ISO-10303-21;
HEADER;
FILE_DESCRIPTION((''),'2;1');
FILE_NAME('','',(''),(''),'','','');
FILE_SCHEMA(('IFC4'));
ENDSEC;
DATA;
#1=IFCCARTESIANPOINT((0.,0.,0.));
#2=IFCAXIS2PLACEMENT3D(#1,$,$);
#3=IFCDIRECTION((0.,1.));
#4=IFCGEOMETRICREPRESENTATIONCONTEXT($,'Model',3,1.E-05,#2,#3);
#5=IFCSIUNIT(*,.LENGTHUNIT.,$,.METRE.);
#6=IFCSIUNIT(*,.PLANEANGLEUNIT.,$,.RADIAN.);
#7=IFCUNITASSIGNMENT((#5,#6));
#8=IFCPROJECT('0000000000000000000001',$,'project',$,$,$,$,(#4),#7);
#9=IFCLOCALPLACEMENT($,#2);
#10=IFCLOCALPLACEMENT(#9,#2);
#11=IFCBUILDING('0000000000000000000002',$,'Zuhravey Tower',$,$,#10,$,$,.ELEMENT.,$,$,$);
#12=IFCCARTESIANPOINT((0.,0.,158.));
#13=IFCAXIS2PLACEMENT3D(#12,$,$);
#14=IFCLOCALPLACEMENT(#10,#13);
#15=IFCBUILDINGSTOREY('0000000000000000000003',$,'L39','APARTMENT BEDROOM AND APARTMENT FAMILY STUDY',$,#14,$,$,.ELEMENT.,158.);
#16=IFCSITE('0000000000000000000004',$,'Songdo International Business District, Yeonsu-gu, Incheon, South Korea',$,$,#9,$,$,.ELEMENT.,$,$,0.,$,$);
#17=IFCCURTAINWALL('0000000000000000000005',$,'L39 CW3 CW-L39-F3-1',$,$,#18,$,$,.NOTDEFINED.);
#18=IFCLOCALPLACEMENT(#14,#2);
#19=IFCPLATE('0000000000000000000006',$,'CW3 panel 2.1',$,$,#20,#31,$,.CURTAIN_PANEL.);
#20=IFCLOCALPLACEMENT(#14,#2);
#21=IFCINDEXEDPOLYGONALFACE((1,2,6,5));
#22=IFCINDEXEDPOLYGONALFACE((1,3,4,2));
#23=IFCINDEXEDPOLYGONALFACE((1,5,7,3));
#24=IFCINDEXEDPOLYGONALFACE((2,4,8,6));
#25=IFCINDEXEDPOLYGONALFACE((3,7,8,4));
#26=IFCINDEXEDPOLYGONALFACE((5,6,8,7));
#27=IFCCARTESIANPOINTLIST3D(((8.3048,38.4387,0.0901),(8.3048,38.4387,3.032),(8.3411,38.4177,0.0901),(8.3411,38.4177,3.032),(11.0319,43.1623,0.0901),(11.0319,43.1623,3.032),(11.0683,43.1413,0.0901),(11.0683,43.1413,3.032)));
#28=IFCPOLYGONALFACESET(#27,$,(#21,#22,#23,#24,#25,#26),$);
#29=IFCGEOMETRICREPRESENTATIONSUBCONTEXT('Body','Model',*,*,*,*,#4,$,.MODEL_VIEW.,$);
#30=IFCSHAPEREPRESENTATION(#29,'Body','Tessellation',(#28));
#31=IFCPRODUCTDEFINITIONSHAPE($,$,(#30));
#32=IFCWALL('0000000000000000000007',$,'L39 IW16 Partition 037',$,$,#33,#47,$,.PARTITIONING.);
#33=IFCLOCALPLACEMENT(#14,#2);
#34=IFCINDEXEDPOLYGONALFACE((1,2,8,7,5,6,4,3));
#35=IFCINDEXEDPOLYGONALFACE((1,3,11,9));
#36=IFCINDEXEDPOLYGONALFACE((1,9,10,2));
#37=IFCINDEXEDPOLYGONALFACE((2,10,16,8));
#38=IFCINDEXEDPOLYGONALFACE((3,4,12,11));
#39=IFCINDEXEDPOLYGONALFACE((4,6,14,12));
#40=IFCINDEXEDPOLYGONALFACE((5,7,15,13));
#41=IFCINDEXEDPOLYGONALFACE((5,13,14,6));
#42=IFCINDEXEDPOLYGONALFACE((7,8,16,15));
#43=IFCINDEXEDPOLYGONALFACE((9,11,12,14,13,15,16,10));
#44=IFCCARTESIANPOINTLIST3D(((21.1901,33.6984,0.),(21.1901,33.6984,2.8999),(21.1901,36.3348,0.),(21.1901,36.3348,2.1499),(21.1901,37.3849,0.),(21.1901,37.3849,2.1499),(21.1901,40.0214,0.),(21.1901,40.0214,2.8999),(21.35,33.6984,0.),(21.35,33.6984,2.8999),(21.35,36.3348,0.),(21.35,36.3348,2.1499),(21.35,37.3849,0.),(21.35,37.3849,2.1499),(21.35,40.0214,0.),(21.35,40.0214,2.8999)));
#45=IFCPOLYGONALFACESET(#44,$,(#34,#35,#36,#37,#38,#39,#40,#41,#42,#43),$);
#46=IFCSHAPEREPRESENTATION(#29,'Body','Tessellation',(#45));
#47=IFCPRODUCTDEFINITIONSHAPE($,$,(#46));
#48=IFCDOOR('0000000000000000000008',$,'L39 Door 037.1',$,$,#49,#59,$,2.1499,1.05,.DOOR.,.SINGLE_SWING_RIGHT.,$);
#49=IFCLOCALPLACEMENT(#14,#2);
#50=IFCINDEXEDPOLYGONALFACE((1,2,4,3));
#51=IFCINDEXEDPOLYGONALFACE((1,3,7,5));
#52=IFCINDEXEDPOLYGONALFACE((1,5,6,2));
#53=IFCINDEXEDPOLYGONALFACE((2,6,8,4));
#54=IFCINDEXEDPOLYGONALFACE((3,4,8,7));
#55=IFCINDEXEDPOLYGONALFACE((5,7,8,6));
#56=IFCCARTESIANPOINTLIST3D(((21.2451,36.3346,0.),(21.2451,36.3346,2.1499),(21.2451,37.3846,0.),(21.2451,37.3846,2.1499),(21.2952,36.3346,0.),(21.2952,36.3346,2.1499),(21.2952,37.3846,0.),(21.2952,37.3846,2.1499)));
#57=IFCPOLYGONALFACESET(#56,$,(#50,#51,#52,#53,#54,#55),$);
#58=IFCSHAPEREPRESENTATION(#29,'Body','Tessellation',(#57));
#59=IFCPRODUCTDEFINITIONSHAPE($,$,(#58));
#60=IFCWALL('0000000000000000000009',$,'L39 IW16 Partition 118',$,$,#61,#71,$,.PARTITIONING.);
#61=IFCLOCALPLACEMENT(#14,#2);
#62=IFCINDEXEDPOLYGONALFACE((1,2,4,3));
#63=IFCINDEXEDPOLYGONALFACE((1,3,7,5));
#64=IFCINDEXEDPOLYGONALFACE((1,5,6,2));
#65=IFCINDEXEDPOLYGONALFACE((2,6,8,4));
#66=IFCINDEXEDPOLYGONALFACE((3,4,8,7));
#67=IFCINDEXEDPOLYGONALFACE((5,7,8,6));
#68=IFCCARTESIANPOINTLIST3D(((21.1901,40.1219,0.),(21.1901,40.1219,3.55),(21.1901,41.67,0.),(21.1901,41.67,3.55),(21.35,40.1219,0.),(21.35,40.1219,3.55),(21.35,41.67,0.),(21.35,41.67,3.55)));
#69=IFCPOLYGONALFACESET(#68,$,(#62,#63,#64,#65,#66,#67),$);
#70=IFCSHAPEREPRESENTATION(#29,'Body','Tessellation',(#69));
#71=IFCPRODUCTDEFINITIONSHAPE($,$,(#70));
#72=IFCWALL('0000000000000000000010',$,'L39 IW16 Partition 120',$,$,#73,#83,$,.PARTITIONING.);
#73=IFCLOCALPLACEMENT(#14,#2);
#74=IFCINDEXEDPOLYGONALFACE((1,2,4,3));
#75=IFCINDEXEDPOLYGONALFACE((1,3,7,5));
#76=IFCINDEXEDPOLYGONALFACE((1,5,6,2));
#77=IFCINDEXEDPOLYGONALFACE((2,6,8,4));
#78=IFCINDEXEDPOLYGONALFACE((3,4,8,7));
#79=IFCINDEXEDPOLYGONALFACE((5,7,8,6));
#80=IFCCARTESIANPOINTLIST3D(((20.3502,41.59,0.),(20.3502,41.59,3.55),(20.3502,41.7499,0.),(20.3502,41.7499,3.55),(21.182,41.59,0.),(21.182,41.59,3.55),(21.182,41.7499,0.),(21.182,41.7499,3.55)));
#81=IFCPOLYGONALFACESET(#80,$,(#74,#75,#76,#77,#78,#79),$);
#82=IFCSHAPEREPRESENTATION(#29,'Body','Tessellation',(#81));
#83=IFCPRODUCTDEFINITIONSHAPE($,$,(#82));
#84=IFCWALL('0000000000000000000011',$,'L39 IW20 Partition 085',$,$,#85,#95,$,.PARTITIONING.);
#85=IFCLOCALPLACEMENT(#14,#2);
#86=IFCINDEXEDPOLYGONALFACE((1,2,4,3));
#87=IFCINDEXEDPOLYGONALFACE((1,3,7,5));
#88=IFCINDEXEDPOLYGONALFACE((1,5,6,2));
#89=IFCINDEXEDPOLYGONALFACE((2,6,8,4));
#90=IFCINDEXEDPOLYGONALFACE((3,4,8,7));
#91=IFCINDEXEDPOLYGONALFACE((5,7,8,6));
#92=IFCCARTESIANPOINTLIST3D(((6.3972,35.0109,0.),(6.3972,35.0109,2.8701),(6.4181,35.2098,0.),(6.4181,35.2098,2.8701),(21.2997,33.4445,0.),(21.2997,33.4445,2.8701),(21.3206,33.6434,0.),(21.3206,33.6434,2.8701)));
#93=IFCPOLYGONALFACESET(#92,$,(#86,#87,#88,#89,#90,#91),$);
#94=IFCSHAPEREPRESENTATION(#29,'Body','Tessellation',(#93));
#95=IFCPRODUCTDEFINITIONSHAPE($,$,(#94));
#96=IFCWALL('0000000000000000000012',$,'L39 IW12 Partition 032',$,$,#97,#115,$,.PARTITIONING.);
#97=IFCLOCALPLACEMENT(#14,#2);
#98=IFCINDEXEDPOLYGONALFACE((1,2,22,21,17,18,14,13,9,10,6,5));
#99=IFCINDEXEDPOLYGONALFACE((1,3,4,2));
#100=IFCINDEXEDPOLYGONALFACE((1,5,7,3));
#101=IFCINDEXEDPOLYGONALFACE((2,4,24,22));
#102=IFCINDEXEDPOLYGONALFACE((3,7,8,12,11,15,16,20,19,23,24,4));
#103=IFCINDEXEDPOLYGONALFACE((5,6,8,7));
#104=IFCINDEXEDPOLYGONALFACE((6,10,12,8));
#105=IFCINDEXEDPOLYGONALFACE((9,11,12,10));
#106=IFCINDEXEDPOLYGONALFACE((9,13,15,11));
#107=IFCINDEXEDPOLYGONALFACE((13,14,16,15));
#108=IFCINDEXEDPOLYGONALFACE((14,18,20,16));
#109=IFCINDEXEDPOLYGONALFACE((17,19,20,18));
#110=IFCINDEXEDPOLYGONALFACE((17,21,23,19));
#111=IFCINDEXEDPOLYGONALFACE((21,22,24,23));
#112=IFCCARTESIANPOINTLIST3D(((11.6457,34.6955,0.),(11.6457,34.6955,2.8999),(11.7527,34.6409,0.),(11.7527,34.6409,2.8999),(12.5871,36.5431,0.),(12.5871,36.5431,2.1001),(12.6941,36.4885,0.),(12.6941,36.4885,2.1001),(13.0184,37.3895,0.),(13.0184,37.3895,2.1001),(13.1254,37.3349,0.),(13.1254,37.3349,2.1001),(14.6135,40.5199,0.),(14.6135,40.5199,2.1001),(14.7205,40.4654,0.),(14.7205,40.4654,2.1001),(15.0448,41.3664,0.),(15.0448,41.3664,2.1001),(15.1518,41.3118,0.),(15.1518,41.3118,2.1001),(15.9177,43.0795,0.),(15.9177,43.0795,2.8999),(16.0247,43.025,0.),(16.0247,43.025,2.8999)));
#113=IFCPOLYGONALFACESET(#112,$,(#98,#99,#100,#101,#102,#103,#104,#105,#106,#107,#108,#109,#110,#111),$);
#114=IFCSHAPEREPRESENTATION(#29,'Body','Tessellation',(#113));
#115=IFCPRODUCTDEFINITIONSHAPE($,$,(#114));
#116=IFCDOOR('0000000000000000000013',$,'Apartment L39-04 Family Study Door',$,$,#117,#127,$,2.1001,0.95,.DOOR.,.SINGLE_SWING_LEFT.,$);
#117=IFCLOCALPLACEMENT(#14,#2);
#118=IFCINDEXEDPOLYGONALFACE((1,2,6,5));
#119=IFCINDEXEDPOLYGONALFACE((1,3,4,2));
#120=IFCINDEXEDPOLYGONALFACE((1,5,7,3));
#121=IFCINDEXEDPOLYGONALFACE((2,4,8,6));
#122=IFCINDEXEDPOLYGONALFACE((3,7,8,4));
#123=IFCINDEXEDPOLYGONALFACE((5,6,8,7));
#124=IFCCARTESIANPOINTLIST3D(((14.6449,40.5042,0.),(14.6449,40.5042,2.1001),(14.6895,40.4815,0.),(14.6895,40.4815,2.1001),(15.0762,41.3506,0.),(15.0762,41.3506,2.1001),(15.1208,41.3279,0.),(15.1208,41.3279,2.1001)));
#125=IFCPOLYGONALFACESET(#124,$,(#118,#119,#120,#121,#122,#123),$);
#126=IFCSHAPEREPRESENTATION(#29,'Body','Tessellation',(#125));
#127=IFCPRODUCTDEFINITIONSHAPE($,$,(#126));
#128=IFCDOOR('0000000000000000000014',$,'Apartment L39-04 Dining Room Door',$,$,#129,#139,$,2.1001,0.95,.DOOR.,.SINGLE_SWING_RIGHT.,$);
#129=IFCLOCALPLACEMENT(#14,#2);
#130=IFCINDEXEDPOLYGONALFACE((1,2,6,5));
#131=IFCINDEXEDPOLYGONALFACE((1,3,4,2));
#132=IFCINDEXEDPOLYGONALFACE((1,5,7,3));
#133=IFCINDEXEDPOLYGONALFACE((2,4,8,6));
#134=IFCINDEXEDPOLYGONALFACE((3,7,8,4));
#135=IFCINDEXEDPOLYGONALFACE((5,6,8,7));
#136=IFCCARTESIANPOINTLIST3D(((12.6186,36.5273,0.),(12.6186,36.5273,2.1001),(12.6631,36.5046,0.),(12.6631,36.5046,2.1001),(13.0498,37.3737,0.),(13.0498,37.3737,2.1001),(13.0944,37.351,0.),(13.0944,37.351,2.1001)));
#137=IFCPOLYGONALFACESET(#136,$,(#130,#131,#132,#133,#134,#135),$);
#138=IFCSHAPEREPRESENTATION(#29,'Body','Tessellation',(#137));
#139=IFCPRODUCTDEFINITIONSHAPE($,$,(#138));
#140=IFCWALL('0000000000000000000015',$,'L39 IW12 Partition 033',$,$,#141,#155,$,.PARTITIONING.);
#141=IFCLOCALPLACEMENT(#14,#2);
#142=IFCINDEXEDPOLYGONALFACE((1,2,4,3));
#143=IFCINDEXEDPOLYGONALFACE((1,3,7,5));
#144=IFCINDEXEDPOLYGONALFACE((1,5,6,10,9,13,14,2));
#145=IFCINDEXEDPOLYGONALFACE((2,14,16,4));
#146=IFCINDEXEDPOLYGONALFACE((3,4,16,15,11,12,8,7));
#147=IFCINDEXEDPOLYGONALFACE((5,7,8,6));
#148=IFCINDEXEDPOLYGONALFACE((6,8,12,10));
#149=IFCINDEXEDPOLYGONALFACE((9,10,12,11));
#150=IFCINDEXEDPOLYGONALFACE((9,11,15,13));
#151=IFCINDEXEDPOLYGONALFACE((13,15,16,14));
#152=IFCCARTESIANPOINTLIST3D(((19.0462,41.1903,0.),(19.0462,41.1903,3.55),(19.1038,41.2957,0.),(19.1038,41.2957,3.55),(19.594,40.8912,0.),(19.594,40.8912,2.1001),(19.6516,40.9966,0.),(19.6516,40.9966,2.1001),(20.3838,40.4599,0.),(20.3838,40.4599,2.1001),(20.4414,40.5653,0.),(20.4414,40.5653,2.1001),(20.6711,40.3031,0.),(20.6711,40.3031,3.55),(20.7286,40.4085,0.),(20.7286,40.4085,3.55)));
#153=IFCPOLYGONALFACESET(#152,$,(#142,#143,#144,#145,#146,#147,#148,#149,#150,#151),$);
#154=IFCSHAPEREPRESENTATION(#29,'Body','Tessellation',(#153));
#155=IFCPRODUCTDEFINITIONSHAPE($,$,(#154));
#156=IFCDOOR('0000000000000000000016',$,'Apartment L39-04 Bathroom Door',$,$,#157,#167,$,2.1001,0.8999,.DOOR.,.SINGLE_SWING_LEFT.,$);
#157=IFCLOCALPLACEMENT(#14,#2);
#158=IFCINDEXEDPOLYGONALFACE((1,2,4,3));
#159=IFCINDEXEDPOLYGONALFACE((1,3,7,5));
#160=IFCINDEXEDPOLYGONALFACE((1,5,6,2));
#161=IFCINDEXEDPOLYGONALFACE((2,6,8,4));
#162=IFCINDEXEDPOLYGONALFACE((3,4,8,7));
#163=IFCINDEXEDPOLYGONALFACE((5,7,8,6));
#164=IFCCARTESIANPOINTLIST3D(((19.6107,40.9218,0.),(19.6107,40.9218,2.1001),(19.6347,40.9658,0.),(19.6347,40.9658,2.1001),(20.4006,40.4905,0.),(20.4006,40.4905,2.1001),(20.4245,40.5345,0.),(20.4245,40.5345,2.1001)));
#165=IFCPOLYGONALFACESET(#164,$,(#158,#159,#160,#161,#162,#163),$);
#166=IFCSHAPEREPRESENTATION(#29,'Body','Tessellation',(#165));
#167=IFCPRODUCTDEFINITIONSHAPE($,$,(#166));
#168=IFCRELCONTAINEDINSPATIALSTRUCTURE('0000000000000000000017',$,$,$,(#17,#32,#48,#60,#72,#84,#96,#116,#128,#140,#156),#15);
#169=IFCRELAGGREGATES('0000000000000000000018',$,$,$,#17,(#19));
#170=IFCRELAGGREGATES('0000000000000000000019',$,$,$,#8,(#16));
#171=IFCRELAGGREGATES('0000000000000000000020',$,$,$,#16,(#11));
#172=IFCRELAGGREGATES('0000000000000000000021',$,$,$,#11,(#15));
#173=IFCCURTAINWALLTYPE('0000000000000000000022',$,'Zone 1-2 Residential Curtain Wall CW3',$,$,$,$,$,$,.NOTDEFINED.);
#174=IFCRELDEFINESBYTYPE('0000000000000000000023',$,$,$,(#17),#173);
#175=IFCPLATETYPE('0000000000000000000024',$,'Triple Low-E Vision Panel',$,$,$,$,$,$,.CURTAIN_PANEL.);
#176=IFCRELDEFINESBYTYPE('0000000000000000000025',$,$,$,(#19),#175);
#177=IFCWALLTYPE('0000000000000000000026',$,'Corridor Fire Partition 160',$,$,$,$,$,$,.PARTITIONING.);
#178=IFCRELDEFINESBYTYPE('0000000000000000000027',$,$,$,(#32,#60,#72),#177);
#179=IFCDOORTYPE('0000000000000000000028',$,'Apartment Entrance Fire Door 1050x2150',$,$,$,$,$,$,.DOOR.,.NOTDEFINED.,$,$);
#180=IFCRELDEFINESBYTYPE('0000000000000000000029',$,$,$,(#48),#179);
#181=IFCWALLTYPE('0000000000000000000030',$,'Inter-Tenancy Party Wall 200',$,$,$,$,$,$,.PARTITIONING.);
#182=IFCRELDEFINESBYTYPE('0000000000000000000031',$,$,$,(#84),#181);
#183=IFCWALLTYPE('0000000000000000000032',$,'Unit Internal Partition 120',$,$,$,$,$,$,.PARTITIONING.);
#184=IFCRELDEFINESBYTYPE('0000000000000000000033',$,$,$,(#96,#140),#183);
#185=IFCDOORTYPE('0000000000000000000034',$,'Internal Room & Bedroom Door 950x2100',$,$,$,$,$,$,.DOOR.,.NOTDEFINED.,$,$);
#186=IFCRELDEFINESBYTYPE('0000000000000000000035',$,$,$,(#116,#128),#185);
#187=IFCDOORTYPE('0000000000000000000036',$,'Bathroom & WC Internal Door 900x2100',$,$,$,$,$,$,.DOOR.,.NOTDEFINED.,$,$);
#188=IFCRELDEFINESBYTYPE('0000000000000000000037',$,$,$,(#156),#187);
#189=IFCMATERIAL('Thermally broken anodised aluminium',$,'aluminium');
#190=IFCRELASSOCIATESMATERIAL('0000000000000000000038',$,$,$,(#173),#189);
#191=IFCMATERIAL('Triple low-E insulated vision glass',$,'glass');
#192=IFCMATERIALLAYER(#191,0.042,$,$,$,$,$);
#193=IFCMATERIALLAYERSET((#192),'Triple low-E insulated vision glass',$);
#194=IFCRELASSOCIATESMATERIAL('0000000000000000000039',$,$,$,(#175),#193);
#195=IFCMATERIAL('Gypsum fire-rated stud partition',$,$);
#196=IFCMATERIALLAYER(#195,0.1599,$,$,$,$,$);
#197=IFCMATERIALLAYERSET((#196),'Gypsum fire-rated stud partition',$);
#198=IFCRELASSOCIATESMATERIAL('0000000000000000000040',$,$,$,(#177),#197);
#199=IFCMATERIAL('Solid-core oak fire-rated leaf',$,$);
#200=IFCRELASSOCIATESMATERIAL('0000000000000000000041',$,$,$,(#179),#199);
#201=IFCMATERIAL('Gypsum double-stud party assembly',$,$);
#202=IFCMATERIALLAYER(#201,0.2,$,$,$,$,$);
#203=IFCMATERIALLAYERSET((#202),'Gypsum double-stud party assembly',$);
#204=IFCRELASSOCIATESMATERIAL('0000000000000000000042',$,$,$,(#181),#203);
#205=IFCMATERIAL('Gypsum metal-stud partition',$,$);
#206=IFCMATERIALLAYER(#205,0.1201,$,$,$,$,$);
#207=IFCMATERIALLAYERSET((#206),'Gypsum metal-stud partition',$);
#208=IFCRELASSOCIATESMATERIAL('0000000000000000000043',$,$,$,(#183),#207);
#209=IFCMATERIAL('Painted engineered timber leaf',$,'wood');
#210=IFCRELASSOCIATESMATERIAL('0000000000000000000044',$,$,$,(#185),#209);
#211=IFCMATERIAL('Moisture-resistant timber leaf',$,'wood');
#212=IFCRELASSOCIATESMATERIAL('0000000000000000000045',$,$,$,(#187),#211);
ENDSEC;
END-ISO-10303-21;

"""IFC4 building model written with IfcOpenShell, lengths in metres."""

from ifc_helpers import new_model, si_unit, direction, frame, frame_2d, origin, origin_2d, place, context, subcontext, project, spatial, rectangle, extrude, material, layer, layer_set, type_object, element, fill, aggregate, save


model = new_model("IFC4")

# Units and contexts
model_context = context("Model", 3, precision=1e-05, world=origin(), true_north=direction((0.0, 1.0)))
body_context = subcontext(model_context, "Body", "Model", "MODEL_VIEW")
ifc_project = project(units=[si_unit("LENGTHUNIT", "METRE"), si_unit("PLANEANGLEUNIT", "RADIAN")], contexts=[model_context])

# Site, building, storey
site_placement = place(None, origin())
site = spatial("IfcSite", under=ifc_project, at=site_placement, Name="Songdo International Business District, Yeonsu-gu, Incheon, South Korea", CompositionType="ELEMENT", RefElevation=0.0)
building_placement = place(site_placement, origin())
building = spatial("IfcBuilding", under=site, at=building_placement, Name="Zuhravey Tower", CompositionType="ELEMENT")
storey_placement = place(building_placement, frame((0.0, 0.0, 158.0)))
storey = spatial("IfcBuildingStorey", under=building, at=storey_placement, Name="L39", Description="APARTMENT BEDROOM AND APARTMENT FAMILY STUDY", CompositionType="ELEMENT", Elevation=158.0)

# Curtain wall
ifc_material_1 = material(Name="Thermally broken anodised aluminium", Category="aluminium")
curtain_wall_type = type_object("IfcCurtainWallType", Name="Zone 1-2 Residential Curtain Wall CW3", PredefinedType="NOTDEFINED", material=ifc_material_1)
curtain_wall_placement = place(storey_placement, origin())
curtain_wall = element("IfcCurtainWall", 1, at=curtain_wall_placement, inside=storey, type_object=curtain_wall_type, Name="L39 CW3 CW-L39-F3-1", PredefinedType="NOTDEFINED")

# Plate
ifc_material_2 = material(Name="Triple low-E insulated vision glass", Category="glass")
ifc_layer_1 = layer(ifc_material_2, 0.042)
ifc_layer_set_1 = layer_set([ifc_layer_1], Name="Triple low-E insulated vision glass")
plate_type = type_object("IfcPlateType", Name="Triple Low-E Vision Panel", PredefinedType="CURTAIN_PANEL", material=ifc_layer_set_1)
plate_1_placement = place(storey_placement, frame((9.6865, 40.79, 0.0901), z_axis=(0.0, 0.0, 1.0), x_axis=(0.5, 0.866025, 0.0)))
plate_1 = element("IfcPlate", 2, at=plate_1_placement, type_object=plate_type, Name="CW3 panel 2.1", PredefinedType="CURTAIN_PANEL", context=body_context, shape_type="SweptSolid", body=[
    extrude(rectangle(XDim=5.4543, YDim=0.042, at=origin_2d()), origin(), (0.0, 0.0, 1.0), 2.9419),
])
aggregate(curtain_wall, [plate_1])

# Wall, opening, door
ifc_material_3 = material(Name="Gypsum fire-rated stud partition")
ifc_layer_2 = layer(ifc_material_3, 0.1599)
ifc_layer_set_2 = layer_set([ifc_layer_2], Name="Gypsum fire-rated stud partition")
wall_type_1 = type_object("IfcWallType", Name="Corridor Fire Partition 160", PredefinedType="PARTITIONING", material=ifc_layer_set_2)
wall_1_placement = place(storey_placement, frame((21.27, 40.0215, 0.0), z_axis=(0.0, 0.0, 1.0), x_axis=(0.0, -1.0, 0.0)))
wall_1 = element("IfcWall", 3, at=wall_1_placement, inside=storey, type_object=wall_type_1, Name="L39 IW16 Partition 037", PredefinedType="PARTITIONING", context=body_context, shape_type="SweptSolid", body=[
    extrude(rectangle(XDim=6.323, YDim=0.1599, at=frame_2d((3.1616, 0.0))), origin(), (0.0, 0.0, 1.0), 2.8999),
])
opening_1_placement = place(wall_1_placement, frame((2.6367, 0.0, 0.0)))
opening_1 = element("IfcOpeningElement", 4, at=opening_1_placement, cuts=wall_1, PredefinedType="OPENING", context=body_context, shape_type="SweptSolid", body=[
    extrude(rectangle(XDim=1.05, YDim=2.1499, at=frame_2d((0.5249, 1.075))), frame((0.0, 0.092, 0.0), z_axis=(0.0, -1.0, 0.0), x_axis=(1.0, 0.0, 0.0)), (0.0, 0.0, 1.0), 0.1838),
])
ifc_material_4 = material(Name="Solid-core oak fire-rated leaf")
door_type_1 = type_object("IfcDoorType", Name="Apartment Entrance Fire Door 1050x2150", OperationType="NOTDEFINED", PredefinedType="DOOR", material=ifc_material_4)
door_1_placement = place(opening_1_placement, frame((1.05, 0.0, 0.0), z_axis=(0.0, 0.0, 1.0), x_axis=(-1.0, 0.0, 0.0)))
door_1 = element("IfcDoor", 5, at=door_1_placement, inside=storey, type_object=door_type_1, Name="L39 Door 037.1", OperationType="SINGLE_SWING_RIGHT", OverallHeight=2.1499, OverallWidth=1.05, PredefinedType="DOOR", context=body_context, shape_type="SweptSolid", body=[
    extrude(rectangle(XDim=1.05, YDim=2.1499, at=frame_2d((0.5249, 1.075))), frame((0.0, 0.0249, 0.0), z_axis=(0.0, -1.0, 0.0), x_axis=(1.0, 0.0, 0.0)), (0.0, 0.0, 1.0), 0.05),
])
fill(opening_1, door_1)

# Walls
wall_2_placement = place(storey_placement, frame((21.27, 41.6699, 0.0), z_axis=(0.0, 0.0, 1.0), x_axis=(0.0, -1.0, 0.0)))
element("IfcWall", 6, at=wall_2_placement, inside=storey, type_object=wall_type_1, Name="L39 IW16 Partition 118", PredefinedType="PARTITIONING", context=body_context, shape_type="SweptSolid", body=[
    extrude(rectangle(XDim=1.5481, YDim=0.1599, at=frame_2d((0.7739, 0.0))), origin(), (0.0, 0.0, 1.0), 3.55),
])
wall_3_placement = place(storey_placement, frame((20.3501, 41.6699, 0.0), z_axis=(0.0, 0.0, 1.0), x_axis=(1.0, 0.0, 0.0)))
element("IfcWall", 7, at=wall_3_placement, inside=storey, type_object=wall_type_1, Name="L39 IW16 Partition 120", PredefinedType="PARTITIONING", context=body_context, shape_type="SweptSolid", body=[
    extrude(rectangle(XDim=0.8318, YDim=0.1599, at=frame_2d((0.416, 0.0))), origin(), (0.0, 0.0, 1.0), 3.55),
])
ifc_material_5 = material(Name="Gypsum double-stud party assembly")
ifc_layer_3 = layer(ifc_material_5, 0.2)
ifc_layer_set_3 = layer_set([ifc_layer_3], Name="Gypsum double-stud party assembly")
wall_type_2 = type_object("IfcWallType", Name="Inter-Tenancy Party Wall 200", PredefinedType="PARTITIONING", material=ifc_layer_set_3)
wall_4_placement = place(storey_placement, frame((21.3101, 33.5439, 0.0), z_axis=(0.0, 0.0, 1.0), x_axis=(-0.994521, 0.104534, 0.0)))
element("IfcWall", 8, at=wall_4_placement, inside=storey, type_object=wall_type_2, Name="L39 IW20 Partition 085", PredefinedType="PARTITIONING", context=body_context, shape_type="SweptSolid", body=[
    extrude(rectangle(XDim=14.9846, YDim=0.2, at=frame_2d((7.4922, 0.0))), origin(), (0.0, 0.0, 1.0), 2.8701),
])

# Wall, openings, doors
ifc_material_6 = material(Name="Gypsum metal-stud partition")
ifc_layer_4 = layer(ifc_material_6, 0.1201)
ifc_layer_set_4 = layer_set([ifc_layer_4], Name="Gypsum metal-stud partition")
wall_type_3 = type_object("IfcWallType", Name="Unit Internal Partition 120", PredefinedType="PARTITIONING", material=ifc_layer_set_4)
wall_5_placement = place(storey_placement, frame((15.9712, 43.0522, 0.0), z_axis=(0.0, 0.0, 1.0), x_axis=(-0.453998, -0.891002, 0.0)))
wall_5 = element("IfcWall", 9, at=wall_5_placement, inside=storey, type_object=wall_type_3, Name="L39 IW12 Partition 032", PredefinedType="PARTITIONING", context=body_context, shape_type="SweptSolid", body=[
    extrude(rectangle(XDim=9.4097, YDim=0.1201, at=frame_2d((4.7048, 0.0))), origin(), (0.0, 0.0, 1.0), 2.8999),
])
opening_2_placement = place(wall_5_placement, frame((1.9226, 0.0, 0.0)))
opening_2 = element("IfcOpeningElement", 10, at=opening_2_placement, cuts=wall_5, PredefinedType="OPENING", context=body_context, shape_type="SweptSolid", body=[
    extrude(rectangle(XDim=0.95, YDim=2.1001, at=frame_2d((0.4751, 1.05))), frame((0.0, 0.072, 0.0), z_axis=(0.0, -1.0, 0.0), x_axis=(1.0, 0.0, 0.0)), (0.0, 0.0, 1.0), 0.144),
])
opening_3_placement = place(wall_5_placement, frame((6.386, 0.0, 0.0)))
opening_3 = element("IfcOpeningElement", 11, at=opening_3_placement, cuts=wall_5, PredefinedType="OPENING", context=body_context, shape_type="SweptSolid", body=[
    extrude(rectangle(XDim=0.95, YDim=2.1001, at=frame_2d((0.4751, 1.05))), frame((0.0, 0.072, 0.0), z_axis=(0.0, -1.0, 0.0), x_axis=(1.0, 0.0, 0.0)), (0.0, 0.0, 1.0), 0.144),
])
ifc_material_7 = material(Name="Painted engineered timber leaf", Category="wood")
door_type_2 = type_object("IfcDoorType", Name="Internal Room & Bedroom Door 950x2100", OperationType="NOTDEFINED", PredefinedType="DOOR", material=ifc_material_7)
door_2_placement = place(opening_2_placement, frame((0.95, 0.0, 0.0), z_axis=(0.0, 0.0, 1.0), x_axis=(-1.0, 0.0, 0.0)))
door_2 = element("IfcDoor", 12, at=door_2_placement, inside=storey, type_object=door_type_2, Name="Apartment L39-04 Family Study Door", OperationType="SINGLE_SWING_LEFT", OverallHeight=2.1001, OverallWidth=0.95, PredefinedType="DOOR", context=body_context, shape_type="SweptSolid", body=[
    extrude(rectangle(XDim=0.95, YDim=2.1001, at=frame_2d((0.4751, 1.05))), frame((0.0, 0.0249, 0.0), z_axis=(0.0, -1.0, 0.0), x_axis=(1.0, 0.0, 0.0)), (0.0, 0.0, 1.0), 0.05),
])
fill(opening_2, door_2)
door_3_placement = place(opening_3_placement, frame((0.95, 0.0, 0.0), z_axis=(0.0, 0.0, 1.0), x_axis=(-1.0, 0.0, 0.0)))
door_3 = element("IfcDoor", 13, at=door_3_placement, inside=storey, type_object=door_type_2, Name="Apartment L39-04 Dining Room Door", OperationType="SINGLE_SWING_RIGHT", OverallHeight=2.1001, OverallWidth=0.95, PredefinedType="DOOR", context=body_context, shape_type="SweptSolid", body=[
    extrude(rectangle(XDim=0.95, YDim=2.1001, at=frame_2d((0.4751, 1.05))), frame((0.0, 0.0249, 0.0), z_axis=(0.0, -1.0, 0.0), x_axis=(1.0, 0.0, 0.0)), (0.0, 0.0, 1.0), 0.05),
])
fill(opening_3, door_3)

# Wall, opening, door
wall_6_placement = place(storey_placement, frame((20.7, 40.3557, 0.0), z_axis=(0.0, 0.0, 1.0), x_axis=(-0.877674, 0.479259, 0.0)))
wall_6 = element("IfcWall", 14, at=wall_6_placement, inside=storey, type_object=wall_type_3, Name="L39 IW12 Partition 033", PredefinedType="PARTITIONING", context=body_context, shape_type="SweptSolid", body=[
    extrude(rectangle(XDim=1.8513, YDim=0.1201, at=frame_2d((0.9258, 0.0))), origin(), (0.0, 0.0, 1.0), 3.55),
])
opening_4_placement = place(wall_6_placement, frame((0.3274, 0.0, 0.0)))
opening_4 = element("IfcOpeningElement", 15, at=opening_4_placement, cuts=wall_6, PredefinedType="OPENING", context=body_context, shape_type="SweptSolid", body=[
    extrude(rectangle(XDim=0.8999, YDim=2.1001, at=frame_2d((0.45, 1.05))), frame((0.0, 0.072, 0.0), z_axis=(0.0, -1.0, 0.0), x_axis=(1.0, 0.0, 0.0)), (0.0, 0.0, 1.0), 0.144),
])
ifc_material_8 = material(Name="Moisture-resistant timber leaf", Category="wood")
door_type_3 = type_object("IfcDoorType", Name="Bathroom & WC Internal Door 900x2100", OperationType="NOTDEFINED", PredefinedType="DOOR", material=ifc_material_8)
door_4_placement = place(opening_4_placement, frame((0.8999, 0.0, 0.0), z_axis=(0.0, 0.0, 1.0), x_axis=(-1.0, 0.0, 0.0)))
door_4 = element("IfcDoor", 16, at=door_4_placement, inside=storey, type_object=door_type_3, Name="Apartment L39-04 Bathroom Door", OperationType="SINGLE_SWING_LEFT", OverallHeight=2.1001, OverallWidth=0.8999, PredefinedType="DOOR", context=body_context, shape_type="SweptSolid", body=[
    extrude(rectangle(XDim=0.8999, YDim=2.1001, at=frame_2d((0.45, 1.05))), frame((0.0, 0.0249, 0.0), z_axis=(0.0, -1.0, 0.0), x_axis=(1.0, 0.0, 0.0)), (0.0, 0.0, 1.0), 0.05),
])
fill(opening_4, door_4)

save(model, "model.ifc")
